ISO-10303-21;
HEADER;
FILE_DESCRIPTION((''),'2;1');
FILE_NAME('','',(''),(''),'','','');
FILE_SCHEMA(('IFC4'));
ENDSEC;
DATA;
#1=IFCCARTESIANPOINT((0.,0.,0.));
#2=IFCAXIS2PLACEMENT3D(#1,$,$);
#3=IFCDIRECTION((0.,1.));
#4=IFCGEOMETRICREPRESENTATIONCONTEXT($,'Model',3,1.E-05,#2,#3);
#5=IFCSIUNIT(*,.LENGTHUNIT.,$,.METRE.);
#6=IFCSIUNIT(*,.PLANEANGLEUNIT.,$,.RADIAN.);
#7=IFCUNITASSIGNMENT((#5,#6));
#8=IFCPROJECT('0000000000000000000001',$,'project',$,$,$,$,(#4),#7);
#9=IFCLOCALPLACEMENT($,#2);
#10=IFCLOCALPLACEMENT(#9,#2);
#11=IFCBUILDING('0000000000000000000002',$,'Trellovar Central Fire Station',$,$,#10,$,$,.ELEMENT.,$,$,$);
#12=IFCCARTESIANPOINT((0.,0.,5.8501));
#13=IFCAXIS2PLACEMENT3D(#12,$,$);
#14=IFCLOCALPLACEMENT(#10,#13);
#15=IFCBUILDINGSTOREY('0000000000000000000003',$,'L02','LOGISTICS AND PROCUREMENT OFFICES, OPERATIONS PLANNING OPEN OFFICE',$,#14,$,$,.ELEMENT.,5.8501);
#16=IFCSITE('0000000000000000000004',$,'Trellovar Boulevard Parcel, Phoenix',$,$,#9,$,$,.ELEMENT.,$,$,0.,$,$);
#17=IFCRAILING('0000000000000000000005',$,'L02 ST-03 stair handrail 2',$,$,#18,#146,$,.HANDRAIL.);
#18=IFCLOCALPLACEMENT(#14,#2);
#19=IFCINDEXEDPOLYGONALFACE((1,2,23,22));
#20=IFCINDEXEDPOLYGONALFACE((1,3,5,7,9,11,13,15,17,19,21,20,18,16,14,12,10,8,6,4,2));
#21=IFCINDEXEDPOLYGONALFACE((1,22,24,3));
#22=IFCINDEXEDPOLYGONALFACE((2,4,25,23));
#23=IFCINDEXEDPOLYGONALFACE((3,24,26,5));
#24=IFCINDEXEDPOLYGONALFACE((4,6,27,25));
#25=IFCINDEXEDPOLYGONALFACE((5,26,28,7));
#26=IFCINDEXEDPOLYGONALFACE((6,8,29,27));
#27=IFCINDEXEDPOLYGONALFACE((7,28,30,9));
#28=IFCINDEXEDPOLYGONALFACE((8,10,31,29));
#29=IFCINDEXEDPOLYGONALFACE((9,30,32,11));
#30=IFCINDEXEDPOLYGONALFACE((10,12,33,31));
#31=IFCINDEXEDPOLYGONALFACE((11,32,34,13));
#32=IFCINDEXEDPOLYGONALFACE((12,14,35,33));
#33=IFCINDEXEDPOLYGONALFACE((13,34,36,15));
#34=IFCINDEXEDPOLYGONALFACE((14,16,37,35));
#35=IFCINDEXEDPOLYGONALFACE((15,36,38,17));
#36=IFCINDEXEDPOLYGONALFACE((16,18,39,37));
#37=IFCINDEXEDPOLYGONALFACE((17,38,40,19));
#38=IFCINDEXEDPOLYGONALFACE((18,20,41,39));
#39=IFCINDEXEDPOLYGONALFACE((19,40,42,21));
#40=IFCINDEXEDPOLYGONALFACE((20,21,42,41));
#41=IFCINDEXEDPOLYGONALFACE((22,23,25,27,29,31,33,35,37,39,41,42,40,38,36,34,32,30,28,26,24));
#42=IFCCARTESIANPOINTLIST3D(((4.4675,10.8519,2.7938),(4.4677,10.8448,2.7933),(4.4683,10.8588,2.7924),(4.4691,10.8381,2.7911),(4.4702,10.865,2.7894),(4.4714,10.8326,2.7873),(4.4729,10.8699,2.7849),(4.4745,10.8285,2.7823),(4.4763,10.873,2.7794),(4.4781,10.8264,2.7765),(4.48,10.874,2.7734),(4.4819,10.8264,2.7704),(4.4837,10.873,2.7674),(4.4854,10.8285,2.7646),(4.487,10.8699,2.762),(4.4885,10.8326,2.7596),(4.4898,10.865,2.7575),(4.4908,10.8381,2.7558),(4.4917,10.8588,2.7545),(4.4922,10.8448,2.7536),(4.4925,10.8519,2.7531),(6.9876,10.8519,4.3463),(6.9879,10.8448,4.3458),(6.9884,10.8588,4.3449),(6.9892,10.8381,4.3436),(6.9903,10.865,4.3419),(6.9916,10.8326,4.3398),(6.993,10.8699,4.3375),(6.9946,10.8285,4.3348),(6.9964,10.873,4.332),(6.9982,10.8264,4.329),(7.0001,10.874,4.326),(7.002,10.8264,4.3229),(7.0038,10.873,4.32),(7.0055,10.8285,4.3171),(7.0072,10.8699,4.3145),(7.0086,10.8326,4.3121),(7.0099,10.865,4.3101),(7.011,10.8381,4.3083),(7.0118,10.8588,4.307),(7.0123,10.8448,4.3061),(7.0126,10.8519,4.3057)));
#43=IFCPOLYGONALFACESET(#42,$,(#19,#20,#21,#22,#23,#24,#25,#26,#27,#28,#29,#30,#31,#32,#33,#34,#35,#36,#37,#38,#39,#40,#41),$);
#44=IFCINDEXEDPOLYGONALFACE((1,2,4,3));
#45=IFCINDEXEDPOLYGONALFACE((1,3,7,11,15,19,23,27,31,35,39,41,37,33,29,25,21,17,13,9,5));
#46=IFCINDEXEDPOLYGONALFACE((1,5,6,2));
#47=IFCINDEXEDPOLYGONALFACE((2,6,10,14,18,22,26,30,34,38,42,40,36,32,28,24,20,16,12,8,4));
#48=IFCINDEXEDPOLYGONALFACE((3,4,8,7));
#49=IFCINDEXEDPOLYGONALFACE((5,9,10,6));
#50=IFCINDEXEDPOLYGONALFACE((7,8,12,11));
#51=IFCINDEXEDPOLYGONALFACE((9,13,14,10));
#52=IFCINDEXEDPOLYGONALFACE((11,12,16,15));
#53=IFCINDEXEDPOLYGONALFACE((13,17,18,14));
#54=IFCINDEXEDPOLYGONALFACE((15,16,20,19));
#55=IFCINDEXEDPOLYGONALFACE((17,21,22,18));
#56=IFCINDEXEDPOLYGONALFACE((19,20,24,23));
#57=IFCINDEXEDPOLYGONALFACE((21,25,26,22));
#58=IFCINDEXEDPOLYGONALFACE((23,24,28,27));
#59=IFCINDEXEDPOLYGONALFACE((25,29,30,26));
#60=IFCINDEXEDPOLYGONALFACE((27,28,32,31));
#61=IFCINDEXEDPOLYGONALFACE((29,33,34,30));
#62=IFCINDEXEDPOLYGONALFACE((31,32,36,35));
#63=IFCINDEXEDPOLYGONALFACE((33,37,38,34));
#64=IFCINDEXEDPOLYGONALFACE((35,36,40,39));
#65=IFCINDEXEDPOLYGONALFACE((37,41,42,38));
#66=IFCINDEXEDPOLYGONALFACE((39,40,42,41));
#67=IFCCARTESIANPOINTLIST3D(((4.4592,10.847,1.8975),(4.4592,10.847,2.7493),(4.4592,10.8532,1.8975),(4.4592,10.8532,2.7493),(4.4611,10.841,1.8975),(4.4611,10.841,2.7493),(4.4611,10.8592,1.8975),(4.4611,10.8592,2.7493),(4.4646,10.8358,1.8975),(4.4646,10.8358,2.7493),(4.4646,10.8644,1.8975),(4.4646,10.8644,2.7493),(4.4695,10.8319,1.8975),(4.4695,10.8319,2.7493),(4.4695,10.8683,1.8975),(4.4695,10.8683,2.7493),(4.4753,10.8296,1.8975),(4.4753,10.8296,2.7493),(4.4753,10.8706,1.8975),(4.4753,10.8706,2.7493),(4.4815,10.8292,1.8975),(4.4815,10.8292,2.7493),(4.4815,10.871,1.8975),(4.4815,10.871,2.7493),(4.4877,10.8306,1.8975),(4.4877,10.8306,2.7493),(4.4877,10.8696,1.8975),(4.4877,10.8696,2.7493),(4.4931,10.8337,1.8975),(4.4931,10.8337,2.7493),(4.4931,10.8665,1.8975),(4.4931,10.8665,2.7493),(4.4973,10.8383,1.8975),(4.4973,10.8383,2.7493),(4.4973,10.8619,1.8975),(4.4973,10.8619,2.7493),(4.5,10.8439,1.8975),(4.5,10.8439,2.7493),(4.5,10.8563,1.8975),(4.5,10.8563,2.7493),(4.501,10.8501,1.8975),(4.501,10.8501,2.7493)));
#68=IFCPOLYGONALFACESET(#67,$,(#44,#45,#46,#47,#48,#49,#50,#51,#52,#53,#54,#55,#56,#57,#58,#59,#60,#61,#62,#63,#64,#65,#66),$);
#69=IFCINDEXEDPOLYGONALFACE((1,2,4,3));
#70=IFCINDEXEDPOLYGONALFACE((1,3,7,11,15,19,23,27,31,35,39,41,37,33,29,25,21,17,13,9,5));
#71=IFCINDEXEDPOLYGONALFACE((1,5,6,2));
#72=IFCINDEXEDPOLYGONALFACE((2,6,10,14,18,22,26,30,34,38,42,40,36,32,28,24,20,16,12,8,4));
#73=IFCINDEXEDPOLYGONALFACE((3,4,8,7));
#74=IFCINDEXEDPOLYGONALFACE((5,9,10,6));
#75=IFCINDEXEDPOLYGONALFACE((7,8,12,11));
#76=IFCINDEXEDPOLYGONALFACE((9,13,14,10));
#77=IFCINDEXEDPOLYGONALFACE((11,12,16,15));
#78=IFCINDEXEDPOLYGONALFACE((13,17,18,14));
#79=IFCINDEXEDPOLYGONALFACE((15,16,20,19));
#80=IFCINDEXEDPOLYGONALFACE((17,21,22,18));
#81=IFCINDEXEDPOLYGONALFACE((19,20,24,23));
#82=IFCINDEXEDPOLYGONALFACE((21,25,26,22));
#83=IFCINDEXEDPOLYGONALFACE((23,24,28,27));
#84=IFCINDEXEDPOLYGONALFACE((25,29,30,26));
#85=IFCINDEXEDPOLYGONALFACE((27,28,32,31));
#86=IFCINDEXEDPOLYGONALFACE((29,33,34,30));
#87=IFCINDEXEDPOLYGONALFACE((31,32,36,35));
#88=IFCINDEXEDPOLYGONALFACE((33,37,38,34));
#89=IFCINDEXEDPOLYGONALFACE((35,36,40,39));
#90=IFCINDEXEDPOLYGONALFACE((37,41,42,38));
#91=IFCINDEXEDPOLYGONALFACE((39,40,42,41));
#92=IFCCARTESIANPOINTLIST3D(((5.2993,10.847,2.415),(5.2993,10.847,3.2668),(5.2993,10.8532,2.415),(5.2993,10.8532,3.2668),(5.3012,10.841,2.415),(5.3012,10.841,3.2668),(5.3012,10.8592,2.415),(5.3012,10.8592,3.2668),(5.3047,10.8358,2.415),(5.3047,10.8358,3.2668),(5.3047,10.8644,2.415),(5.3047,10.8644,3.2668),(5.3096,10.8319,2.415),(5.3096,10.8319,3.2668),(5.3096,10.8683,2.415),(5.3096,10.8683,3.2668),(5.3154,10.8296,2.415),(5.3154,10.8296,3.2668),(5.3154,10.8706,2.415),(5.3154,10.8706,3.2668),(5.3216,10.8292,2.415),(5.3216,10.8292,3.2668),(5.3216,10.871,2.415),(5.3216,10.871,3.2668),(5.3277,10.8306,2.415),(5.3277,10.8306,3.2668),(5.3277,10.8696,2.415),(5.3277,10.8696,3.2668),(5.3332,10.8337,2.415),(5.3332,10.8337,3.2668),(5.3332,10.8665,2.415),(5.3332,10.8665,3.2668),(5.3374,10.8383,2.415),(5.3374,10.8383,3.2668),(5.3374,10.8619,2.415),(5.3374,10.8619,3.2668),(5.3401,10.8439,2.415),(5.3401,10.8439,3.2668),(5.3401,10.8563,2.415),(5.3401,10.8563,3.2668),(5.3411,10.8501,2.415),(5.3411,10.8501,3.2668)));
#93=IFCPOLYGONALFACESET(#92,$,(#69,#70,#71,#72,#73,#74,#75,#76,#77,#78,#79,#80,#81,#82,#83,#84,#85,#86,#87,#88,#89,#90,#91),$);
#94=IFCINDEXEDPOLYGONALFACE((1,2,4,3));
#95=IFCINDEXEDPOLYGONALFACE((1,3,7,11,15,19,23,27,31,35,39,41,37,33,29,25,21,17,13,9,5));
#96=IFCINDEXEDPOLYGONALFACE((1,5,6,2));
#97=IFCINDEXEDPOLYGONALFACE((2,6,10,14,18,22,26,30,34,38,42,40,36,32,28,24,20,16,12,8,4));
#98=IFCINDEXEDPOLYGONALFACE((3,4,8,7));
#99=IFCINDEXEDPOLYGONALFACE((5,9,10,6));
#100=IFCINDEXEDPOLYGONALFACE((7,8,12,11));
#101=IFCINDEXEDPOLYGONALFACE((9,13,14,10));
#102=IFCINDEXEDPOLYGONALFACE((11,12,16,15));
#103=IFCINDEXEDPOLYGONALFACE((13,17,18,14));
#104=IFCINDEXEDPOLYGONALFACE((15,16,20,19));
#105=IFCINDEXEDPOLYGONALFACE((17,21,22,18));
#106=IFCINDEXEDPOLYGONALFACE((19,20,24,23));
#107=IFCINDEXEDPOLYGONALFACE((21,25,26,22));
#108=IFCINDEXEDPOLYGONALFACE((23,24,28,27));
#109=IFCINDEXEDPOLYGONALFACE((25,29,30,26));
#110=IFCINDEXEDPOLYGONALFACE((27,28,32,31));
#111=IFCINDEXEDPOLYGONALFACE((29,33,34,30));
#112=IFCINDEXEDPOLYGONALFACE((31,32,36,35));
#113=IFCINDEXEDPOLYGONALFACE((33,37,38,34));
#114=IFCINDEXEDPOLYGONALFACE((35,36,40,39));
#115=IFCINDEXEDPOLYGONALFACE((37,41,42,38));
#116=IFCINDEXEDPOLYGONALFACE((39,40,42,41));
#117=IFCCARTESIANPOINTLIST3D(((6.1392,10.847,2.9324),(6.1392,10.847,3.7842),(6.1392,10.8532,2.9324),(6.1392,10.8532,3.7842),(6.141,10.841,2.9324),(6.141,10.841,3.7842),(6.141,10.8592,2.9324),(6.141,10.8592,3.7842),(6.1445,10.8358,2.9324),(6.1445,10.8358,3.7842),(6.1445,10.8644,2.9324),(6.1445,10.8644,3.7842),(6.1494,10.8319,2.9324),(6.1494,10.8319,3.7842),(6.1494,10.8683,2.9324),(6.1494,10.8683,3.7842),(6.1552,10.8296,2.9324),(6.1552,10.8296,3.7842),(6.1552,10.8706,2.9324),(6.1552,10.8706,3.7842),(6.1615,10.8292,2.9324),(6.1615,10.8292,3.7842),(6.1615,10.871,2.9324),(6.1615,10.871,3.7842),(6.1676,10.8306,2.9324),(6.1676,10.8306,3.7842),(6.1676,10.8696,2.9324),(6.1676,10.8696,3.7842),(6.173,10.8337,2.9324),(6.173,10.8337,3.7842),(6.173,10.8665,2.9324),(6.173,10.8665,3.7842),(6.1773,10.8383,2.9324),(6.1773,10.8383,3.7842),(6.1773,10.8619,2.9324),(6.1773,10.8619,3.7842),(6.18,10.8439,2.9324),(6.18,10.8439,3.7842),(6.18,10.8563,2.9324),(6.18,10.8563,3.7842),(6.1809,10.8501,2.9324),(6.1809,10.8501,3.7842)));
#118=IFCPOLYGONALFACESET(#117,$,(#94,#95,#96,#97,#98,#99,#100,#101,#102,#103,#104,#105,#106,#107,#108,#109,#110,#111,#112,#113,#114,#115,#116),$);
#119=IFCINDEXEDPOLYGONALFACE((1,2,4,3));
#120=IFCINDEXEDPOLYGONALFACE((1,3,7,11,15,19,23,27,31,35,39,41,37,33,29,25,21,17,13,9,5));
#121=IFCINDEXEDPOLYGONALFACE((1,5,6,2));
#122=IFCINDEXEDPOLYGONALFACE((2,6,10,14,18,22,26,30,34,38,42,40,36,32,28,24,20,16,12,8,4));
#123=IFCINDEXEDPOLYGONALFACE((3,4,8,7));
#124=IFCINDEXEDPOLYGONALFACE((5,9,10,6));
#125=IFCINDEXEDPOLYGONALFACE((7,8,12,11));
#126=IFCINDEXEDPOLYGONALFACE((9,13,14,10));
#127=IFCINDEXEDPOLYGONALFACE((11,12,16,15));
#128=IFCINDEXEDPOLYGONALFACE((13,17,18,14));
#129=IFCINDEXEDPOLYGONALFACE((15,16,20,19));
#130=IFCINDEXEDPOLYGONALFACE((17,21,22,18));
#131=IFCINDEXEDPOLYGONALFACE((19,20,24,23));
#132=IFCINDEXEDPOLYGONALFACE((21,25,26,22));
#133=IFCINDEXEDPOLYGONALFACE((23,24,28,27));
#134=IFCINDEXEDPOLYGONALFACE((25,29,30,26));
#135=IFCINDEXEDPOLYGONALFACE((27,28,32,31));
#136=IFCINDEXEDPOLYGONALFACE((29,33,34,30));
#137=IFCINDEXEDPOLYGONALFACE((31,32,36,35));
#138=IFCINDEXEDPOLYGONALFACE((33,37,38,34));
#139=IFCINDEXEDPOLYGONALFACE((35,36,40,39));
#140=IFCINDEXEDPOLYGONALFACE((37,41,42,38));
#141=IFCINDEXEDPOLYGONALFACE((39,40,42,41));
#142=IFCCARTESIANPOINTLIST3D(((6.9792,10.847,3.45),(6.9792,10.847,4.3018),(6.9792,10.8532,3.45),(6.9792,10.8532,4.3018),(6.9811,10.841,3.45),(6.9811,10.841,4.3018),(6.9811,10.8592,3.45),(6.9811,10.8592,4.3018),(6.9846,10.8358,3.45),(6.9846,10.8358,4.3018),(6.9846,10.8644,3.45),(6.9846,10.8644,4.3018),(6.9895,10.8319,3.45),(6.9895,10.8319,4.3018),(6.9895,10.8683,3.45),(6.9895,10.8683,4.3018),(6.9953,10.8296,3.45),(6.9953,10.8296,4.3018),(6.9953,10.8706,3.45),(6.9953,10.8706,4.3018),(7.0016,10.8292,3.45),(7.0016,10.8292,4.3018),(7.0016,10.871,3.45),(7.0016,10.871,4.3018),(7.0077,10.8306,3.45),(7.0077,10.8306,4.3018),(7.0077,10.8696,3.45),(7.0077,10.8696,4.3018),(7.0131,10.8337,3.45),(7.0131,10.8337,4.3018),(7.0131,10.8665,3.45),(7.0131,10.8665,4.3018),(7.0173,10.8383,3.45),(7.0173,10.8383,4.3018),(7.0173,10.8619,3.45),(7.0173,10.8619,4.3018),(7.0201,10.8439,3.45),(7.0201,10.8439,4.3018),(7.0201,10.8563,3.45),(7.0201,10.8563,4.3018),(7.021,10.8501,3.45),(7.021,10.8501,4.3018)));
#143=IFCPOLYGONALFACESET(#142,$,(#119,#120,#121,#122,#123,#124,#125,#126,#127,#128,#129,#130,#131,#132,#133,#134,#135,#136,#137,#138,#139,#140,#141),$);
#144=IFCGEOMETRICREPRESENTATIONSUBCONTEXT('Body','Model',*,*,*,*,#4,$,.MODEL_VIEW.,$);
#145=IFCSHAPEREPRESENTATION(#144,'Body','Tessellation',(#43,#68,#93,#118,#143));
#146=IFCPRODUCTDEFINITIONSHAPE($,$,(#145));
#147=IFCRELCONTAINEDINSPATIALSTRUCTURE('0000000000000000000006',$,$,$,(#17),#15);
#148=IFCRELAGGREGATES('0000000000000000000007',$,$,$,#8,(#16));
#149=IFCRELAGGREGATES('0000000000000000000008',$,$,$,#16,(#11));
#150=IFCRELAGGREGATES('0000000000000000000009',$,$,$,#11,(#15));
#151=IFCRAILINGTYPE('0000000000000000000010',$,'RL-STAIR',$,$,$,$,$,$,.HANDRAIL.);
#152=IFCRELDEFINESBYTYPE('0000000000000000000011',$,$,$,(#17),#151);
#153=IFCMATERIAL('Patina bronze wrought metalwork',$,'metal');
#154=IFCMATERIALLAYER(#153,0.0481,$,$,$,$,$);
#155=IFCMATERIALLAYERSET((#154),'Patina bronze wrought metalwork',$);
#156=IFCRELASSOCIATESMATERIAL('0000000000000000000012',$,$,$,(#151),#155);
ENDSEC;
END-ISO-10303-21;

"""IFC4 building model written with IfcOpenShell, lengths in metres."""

from ifc_helpers import new_model, si_unit, direction, frame, origin, origin_2d, place, context, subcontext, project, spatial, circle, extrude, material, layer, layer_set, type_object, element, save


model = new_model("IFC4")

# Units and contexts
model_context = context("Model", 3, precision=1e-05, world=origin(), true_north=direction((0.0, 1.0)))
body_context = subcontext(model_context, "Body", "Model", "MODEL_VIEW")
ifc_project = project(units=[si_unit("LENGTHUNIT", "METRE"), si_unit("PLANEANGLEUNIT", "RADIAN")], contexts=[model_context])

# Site, building, storey
site_placement = place(None, origin())
site = spatial("IfcSite", under=ifc_project, at=site_placement, Name="Trellovar Boulevard Parcel, Phoenix", CompositionType="ELEMENT", RefElevation=0.0)
building_placement = place(site_placement, origin())
building = spatial("IfcBuilding", under=site, at=building_placement, Name="Trellovar Central Fire Station", CompositionType="ELEMENT")
storey_placement = place(building_placement, frame((0.0, 0.0, 5.8501)))
storey = spatial("IfcBuildingStorey", under=building, at=storey_placement, Name="L02", Description="LOGISTICS AND PROCUREMENT OFFICES, OPERATIONS PLANNING OPEN OFFICE", CompositionType="ELEMENT", Elevation=5.8501)

# Railing
ifc_material_1 = material(Name="Patina bronze wrought metalwork", Category="metal")
ifc_layer_1 = layer(ifc_material_1, 0.0481)
ifc_layer_set_1 = layer_set([ifc_layer_1], Name="Patina bronze wrought metalwork")
railing_type_1 = type_object("IfcRailingType", Name="RL-STAIR", PredefinedType="HANDRAIL", material=ifc_layer_set_1)
railing_1_placement = place(storey_placement, frame((4.48, 10.8501, 1.8975)))
element("IfcRailing", 1, at=railing_1_placement, inside=storey, type_object=railing_type_1, Name="L02 ST-03 stair handrail 2", PredefinedType="HANDRAIL", context=body_context, shape_type="SweptSolid", body=[
    extrude(circle(Radius=0.0239, at=origin_2d()), frame((0.0, 0.0, 0.876), z_axis=(0.8514, 0.0, 0.524516), x_axis=(0.0, 1.0, 0.0)), (0.0, 0.0, 1.0), 2.96),
    extrude(circle(Radius=0.021, at=origin_2d()), origin(), (0.0, 0.0, 1.0), 0.8518),
    extrude(circle(Radius=0.021, at=origin_2d()), frame((0.8401, 0.0, 0.5176)), (0.0, 0.0, 1.0), 0.8518),
    extrude(circle(Radius=0.021, at=origin_2d()), frame((1.6799, 0.0, 1.0349)), (0.0, 0.0, 1.0), 0.8518),
    extrude(circle(Radius=0.021, at=origin_2d()), frame((2.52, 0.0, 1.5525)), (0.0, 0.0, 1.0), 0.8518),
])

save(model, "model.ifc")
